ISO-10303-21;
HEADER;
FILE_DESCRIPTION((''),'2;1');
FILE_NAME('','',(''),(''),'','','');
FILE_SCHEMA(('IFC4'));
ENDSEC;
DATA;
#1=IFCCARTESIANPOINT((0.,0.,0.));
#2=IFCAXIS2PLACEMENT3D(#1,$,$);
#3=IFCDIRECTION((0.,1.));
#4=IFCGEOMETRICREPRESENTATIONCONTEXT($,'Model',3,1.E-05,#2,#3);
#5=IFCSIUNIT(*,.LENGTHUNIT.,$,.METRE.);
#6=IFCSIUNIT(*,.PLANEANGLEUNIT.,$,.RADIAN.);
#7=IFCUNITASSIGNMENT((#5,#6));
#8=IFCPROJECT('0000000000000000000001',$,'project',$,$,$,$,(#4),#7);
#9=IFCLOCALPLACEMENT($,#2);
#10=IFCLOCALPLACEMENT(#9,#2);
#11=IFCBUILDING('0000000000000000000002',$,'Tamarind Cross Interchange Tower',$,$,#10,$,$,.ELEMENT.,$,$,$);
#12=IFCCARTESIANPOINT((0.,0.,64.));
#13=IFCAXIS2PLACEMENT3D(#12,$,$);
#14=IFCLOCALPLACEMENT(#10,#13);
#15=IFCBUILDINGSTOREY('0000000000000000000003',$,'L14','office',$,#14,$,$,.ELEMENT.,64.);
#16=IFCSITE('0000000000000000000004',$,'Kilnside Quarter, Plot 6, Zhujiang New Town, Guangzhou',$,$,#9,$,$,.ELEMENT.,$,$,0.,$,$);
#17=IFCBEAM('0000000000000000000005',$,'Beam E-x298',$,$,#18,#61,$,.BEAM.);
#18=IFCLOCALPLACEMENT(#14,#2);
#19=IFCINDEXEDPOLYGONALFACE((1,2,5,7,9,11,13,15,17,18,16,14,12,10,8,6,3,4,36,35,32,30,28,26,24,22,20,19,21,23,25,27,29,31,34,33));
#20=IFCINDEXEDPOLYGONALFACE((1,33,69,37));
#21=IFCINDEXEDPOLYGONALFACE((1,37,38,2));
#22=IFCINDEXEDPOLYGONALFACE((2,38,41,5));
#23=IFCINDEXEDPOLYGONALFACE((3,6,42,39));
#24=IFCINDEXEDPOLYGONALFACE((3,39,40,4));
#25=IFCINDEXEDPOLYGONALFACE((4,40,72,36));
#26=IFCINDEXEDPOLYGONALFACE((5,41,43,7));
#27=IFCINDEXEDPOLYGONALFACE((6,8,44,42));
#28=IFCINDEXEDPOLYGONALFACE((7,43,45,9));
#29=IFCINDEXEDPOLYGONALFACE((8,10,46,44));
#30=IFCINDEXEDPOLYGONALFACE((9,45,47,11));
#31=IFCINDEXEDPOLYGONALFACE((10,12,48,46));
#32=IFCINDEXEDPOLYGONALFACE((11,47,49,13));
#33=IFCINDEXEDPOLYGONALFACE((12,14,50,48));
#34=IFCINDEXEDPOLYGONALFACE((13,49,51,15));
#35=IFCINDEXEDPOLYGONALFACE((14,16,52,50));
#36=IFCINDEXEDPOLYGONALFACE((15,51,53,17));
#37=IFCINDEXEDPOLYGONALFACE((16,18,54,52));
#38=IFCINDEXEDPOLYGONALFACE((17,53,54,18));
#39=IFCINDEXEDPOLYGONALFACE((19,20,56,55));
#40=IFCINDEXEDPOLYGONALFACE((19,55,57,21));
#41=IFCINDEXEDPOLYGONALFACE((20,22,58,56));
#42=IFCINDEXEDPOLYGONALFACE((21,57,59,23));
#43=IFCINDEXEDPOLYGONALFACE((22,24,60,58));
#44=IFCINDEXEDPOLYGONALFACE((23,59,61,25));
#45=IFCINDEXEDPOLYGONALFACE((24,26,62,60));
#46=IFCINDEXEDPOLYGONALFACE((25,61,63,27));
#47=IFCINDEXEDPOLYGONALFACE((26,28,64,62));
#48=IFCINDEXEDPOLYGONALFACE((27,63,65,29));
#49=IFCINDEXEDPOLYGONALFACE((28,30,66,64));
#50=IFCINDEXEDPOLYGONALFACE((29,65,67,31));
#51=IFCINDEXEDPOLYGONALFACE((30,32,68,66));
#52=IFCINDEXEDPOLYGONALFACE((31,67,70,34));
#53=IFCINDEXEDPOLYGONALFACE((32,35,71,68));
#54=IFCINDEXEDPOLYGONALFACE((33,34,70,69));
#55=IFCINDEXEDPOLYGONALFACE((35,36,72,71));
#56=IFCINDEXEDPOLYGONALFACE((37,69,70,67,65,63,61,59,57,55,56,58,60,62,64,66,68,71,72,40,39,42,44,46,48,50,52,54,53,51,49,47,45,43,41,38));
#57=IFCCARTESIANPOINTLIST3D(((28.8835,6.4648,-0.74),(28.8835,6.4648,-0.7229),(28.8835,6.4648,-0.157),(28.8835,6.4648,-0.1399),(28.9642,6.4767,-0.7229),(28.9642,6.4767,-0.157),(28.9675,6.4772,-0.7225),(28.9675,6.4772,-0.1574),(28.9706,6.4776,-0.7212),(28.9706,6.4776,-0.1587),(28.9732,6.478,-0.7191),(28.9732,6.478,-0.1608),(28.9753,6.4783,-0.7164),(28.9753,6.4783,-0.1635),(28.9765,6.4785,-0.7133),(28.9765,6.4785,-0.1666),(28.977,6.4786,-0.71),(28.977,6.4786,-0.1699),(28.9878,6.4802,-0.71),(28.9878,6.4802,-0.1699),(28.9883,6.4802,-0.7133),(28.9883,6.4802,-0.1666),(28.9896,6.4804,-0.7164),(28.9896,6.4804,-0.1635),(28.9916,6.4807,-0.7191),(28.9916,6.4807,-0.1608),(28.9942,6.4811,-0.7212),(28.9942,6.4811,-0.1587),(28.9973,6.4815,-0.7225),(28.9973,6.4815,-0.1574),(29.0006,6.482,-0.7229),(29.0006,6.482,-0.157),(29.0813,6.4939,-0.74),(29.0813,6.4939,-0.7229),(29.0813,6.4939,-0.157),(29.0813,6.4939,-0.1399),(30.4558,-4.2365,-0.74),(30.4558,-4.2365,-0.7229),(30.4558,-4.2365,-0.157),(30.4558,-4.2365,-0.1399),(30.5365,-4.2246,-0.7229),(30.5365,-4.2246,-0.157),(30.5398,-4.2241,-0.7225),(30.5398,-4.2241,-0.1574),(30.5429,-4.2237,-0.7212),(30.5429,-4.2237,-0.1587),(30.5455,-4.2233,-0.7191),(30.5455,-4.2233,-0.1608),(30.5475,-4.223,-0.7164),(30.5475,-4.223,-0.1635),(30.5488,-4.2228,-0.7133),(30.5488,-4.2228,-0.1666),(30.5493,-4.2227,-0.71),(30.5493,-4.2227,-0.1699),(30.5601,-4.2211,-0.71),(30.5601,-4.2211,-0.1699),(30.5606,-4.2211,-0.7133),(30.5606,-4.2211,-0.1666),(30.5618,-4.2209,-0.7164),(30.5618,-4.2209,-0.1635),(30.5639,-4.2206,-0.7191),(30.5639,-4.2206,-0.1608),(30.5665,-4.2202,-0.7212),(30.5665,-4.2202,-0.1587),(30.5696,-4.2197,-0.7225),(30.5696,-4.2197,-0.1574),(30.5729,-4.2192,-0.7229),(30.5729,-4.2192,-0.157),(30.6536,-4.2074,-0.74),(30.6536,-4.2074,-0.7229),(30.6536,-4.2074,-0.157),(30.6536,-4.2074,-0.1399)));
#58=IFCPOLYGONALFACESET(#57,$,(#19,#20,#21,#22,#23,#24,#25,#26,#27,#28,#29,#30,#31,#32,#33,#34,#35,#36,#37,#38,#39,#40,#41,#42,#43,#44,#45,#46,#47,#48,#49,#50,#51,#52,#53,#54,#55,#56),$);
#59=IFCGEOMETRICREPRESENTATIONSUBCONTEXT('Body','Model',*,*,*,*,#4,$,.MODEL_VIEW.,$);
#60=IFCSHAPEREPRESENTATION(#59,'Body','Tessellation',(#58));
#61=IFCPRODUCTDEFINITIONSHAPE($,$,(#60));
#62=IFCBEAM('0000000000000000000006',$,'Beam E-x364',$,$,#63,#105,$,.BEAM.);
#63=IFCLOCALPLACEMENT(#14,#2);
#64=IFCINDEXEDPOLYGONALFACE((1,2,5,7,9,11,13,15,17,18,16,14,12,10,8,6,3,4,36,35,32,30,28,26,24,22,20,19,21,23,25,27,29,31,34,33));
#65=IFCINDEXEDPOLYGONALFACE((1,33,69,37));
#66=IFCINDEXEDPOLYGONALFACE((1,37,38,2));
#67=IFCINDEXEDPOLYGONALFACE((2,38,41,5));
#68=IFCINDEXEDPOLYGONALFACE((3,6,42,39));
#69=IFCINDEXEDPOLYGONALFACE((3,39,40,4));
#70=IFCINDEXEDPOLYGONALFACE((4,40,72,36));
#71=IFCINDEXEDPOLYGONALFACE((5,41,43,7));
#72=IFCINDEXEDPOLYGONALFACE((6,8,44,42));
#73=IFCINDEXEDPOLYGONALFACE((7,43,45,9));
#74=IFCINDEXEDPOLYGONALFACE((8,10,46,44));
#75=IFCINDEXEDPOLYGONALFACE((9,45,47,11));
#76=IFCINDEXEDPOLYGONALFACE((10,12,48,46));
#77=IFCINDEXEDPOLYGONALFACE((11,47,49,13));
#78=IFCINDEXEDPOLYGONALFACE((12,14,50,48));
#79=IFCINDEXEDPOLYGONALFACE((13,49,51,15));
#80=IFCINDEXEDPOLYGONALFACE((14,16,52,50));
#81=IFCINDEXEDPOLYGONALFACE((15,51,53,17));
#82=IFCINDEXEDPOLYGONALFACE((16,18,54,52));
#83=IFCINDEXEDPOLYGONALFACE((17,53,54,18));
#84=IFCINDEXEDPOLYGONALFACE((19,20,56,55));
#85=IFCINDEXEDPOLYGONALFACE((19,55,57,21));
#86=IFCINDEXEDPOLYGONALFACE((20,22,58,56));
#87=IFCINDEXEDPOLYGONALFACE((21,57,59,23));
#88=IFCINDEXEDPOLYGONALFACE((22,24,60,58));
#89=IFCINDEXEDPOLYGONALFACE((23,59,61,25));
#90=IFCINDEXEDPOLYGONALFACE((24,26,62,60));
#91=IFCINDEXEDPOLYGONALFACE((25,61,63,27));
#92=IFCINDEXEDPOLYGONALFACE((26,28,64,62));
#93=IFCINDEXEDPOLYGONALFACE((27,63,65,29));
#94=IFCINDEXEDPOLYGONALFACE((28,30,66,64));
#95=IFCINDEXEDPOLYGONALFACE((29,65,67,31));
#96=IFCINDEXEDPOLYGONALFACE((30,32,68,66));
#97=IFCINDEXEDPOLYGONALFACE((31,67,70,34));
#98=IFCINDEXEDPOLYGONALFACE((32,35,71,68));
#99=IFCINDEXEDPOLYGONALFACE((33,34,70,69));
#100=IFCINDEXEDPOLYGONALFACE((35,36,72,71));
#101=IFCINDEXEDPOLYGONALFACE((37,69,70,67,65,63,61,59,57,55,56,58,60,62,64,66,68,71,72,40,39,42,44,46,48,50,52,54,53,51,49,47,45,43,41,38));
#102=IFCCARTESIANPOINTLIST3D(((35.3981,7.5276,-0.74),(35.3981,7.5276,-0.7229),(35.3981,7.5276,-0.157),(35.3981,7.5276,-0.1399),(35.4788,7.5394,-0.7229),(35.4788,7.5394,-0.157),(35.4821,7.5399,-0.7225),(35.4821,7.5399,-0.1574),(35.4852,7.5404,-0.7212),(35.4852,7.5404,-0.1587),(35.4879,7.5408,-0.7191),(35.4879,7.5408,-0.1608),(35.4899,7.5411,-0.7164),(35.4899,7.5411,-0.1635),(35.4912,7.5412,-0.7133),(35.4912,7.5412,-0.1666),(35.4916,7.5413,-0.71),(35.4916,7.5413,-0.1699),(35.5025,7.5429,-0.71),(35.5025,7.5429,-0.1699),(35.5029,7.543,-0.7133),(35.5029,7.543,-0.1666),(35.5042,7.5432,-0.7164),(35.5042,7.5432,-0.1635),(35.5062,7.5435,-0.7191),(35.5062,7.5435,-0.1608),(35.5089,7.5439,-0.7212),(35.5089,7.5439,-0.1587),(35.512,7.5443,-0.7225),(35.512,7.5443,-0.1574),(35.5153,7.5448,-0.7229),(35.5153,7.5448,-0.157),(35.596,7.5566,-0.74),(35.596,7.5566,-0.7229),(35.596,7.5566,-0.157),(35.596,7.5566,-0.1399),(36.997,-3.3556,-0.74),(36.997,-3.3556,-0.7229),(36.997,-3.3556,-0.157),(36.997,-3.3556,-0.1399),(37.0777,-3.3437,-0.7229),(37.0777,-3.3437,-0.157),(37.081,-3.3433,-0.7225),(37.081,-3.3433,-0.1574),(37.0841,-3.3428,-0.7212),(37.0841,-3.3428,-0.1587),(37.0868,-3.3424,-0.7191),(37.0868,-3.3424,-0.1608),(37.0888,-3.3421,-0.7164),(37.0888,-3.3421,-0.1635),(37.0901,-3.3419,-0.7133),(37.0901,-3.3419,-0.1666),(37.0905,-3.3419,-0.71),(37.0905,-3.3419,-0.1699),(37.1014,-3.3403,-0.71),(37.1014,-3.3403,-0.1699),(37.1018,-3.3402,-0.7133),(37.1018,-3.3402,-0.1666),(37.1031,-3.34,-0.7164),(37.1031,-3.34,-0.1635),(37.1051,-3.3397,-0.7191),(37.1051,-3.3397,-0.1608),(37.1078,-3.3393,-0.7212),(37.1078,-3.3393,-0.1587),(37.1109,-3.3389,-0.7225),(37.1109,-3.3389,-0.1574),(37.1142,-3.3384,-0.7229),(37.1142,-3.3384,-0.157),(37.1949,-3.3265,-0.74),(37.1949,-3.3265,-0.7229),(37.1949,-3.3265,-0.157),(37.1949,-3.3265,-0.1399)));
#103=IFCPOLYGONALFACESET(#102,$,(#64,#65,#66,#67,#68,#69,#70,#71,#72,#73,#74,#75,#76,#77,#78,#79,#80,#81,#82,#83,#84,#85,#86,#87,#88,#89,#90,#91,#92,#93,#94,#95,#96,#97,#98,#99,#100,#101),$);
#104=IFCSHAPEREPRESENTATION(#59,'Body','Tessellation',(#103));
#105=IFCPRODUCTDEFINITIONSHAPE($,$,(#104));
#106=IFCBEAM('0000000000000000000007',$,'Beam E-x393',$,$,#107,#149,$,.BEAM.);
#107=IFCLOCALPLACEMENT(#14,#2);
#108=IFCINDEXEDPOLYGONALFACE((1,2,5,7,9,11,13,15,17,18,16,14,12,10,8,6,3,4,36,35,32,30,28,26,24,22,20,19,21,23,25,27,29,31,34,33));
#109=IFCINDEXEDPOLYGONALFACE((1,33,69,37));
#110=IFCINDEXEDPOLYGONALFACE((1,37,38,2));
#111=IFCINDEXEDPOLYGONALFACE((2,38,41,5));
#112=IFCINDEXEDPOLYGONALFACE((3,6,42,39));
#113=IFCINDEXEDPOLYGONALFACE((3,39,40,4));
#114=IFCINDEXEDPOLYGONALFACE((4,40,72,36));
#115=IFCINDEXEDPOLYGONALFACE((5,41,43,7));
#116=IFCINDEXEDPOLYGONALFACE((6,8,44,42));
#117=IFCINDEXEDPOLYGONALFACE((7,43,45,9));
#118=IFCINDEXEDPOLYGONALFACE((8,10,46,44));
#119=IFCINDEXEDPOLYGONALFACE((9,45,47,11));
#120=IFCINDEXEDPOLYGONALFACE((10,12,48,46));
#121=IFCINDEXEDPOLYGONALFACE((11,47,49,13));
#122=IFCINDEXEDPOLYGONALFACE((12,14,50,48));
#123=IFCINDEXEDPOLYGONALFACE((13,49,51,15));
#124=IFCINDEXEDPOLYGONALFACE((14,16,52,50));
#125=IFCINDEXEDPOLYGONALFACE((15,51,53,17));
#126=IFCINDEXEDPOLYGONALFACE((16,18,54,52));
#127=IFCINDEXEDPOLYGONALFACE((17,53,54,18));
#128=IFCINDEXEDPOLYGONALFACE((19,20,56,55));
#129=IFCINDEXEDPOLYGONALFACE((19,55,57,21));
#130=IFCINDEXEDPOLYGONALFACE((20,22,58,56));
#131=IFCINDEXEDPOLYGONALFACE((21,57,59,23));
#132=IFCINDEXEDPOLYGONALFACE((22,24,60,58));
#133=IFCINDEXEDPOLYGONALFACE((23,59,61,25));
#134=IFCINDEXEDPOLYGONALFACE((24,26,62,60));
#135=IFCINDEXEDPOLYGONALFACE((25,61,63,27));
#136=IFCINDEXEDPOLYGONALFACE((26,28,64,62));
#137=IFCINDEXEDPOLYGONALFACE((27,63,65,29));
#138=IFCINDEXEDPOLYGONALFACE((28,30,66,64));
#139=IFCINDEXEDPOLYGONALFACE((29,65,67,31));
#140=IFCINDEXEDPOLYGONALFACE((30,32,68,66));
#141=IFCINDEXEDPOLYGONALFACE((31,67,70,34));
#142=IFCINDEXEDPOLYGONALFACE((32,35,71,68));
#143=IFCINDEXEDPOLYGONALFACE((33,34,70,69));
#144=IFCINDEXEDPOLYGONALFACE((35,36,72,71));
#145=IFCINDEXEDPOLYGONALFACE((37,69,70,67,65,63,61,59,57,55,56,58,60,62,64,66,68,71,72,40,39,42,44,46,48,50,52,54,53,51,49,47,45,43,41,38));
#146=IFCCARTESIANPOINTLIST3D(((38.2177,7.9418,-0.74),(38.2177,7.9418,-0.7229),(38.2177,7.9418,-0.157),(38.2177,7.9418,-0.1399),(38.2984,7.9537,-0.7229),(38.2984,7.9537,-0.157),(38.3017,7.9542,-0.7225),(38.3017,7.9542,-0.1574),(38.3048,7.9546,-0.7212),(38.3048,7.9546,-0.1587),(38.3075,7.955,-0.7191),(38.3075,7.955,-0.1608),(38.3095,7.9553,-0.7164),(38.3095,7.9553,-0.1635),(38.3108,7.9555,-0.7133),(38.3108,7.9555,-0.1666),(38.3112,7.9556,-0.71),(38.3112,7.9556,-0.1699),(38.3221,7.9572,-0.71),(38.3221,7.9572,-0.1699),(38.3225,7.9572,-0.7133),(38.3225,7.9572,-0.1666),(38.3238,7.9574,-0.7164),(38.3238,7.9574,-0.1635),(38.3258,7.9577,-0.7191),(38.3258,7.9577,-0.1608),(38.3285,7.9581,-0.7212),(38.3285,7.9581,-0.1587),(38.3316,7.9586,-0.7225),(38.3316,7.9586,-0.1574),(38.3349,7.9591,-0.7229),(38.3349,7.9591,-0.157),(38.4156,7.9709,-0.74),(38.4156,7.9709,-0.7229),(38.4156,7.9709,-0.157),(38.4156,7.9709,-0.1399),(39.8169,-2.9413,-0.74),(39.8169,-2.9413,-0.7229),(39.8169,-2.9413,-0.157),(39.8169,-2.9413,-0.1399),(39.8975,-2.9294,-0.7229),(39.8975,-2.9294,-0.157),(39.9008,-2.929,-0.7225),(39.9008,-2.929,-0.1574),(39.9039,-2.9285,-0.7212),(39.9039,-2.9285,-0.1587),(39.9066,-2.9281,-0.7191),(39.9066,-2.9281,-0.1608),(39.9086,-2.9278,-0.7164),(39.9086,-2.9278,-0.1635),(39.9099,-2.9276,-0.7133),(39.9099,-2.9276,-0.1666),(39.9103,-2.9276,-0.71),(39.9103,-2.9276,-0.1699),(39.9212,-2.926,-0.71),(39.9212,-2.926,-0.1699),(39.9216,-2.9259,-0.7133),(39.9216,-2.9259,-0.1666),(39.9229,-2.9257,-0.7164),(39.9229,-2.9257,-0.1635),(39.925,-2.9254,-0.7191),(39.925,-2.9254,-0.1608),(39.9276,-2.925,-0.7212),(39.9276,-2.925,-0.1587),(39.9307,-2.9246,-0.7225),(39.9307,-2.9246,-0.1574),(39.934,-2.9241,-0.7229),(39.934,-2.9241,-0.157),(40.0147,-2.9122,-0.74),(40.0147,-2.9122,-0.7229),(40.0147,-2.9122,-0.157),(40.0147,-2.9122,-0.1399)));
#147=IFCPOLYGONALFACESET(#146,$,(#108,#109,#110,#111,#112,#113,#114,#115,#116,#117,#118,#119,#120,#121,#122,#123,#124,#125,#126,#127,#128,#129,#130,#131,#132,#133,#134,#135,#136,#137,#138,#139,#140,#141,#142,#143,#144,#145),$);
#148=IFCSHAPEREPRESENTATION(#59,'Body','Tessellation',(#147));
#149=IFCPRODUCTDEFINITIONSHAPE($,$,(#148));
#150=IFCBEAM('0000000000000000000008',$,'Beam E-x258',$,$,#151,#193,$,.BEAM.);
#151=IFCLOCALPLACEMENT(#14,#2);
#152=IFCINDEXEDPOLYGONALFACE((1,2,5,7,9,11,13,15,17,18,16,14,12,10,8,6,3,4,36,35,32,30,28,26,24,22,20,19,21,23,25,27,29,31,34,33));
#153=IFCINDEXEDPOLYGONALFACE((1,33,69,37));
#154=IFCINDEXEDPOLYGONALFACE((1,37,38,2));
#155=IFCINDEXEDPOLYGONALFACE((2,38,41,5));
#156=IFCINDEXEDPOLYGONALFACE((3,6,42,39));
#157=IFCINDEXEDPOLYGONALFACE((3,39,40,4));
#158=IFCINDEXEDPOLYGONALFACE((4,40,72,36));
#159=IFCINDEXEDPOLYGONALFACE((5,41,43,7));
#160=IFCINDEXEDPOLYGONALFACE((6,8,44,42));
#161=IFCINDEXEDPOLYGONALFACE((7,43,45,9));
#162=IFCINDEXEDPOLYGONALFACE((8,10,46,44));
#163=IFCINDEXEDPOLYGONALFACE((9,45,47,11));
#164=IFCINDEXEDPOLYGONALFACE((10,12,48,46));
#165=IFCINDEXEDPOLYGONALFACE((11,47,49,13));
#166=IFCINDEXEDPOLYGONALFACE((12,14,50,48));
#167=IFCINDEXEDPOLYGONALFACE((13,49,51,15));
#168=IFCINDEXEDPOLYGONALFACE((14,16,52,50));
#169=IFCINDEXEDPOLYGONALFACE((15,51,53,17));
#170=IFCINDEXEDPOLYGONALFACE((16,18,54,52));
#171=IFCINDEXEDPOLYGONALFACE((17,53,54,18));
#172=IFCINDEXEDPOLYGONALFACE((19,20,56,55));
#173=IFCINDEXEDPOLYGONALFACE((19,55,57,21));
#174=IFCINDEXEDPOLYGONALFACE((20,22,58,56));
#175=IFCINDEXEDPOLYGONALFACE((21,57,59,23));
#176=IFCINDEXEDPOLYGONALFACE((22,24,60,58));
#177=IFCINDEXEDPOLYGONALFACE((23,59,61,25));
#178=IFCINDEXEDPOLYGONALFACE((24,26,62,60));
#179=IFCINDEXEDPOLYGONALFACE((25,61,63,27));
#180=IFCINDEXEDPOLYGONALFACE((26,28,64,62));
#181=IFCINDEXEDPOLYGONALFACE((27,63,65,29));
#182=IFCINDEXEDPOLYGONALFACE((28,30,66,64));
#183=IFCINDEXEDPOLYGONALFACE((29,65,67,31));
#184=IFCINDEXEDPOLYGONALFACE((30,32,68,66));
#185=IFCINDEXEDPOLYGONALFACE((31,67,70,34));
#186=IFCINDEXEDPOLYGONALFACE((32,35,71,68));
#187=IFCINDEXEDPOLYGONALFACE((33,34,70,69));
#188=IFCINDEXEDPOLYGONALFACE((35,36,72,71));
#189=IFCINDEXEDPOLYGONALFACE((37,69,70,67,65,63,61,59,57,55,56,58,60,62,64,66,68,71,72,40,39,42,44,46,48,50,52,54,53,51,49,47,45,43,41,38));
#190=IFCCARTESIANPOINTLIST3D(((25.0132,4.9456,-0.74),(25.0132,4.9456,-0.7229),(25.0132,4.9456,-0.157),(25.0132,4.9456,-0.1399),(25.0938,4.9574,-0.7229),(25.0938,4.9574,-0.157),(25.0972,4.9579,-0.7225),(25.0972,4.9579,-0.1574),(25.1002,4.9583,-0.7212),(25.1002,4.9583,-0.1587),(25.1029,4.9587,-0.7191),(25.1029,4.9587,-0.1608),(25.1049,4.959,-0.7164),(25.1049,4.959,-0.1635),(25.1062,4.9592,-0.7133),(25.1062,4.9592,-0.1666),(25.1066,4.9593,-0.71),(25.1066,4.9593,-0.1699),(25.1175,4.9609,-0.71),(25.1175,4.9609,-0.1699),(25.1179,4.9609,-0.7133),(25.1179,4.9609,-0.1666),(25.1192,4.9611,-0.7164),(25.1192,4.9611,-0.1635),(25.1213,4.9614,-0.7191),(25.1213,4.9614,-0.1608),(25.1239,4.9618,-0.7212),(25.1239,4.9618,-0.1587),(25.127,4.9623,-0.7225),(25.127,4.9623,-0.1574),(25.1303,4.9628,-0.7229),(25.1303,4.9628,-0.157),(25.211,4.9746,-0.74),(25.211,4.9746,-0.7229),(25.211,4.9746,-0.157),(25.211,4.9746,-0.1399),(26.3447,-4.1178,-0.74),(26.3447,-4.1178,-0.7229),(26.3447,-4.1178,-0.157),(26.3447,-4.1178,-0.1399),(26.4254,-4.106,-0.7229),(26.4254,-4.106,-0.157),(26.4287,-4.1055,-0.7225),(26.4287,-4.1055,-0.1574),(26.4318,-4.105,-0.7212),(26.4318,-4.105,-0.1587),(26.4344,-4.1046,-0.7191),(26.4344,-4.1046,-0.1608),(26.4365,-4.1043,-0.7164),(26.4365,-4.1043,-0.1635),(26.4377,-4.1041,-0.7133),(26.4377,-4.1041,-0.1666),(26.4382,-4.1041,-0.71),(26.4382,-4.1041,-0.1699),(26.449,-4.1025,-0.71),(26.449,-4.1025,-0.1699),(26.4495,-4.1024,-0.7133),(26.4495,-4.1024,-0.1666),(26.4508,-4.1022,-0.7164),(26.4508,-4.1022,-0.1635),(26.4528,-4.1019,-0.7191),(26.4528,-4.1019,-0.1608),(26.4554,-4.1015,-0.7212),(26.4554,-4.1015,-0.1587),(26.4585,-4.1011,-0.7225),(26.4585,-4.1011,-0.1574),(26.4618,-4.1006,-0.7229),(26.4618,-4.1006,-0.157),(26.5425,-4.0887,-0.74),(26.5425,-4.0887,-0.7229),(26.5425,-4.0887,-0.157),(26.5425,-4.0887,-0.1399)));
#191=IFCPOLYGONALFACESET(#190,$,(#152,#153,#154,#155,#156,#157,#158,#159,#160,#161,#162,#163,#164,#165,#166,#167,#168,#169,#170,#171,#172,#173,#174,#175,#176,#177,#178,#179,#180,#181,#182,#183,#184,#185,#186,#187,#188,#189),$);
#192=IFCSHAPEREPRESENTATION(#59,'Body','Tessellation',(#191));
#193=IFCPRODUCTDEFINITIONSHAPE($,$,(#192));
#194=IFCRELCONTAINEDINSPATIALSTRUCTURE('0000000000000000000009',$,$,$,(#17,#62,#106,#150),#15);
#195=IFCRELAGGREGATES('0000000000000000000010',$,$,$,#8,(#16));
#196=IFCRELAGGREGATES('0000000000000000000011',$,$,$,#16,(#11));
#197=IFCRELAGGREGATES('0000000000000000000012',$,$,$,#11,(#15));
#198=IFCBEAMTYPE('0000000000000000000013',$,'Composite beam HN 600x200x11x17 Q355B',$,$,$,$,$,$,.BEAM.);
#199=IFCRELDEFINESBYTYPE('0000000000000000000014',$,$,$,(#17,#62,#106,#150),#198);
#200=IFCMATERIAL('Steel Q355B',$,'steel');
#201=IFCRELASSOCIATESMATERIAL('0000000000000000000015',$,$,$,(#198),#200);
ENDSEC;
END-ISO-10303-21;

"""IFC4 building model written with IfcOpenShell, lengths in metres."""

from ifc_helpers import new_model, si_unit, direction, frame, origin, origin_2d, place, context, subcontext, project, spatial, i_section, extrude, material, material_profile, profile_set, type_object, element, save


model = new_model("IFC4")

# Units and contexts
model_context = context("Model", 3, precision=1e-05, world=origin(), true_north=direction((0.0, 1.0)))
body_context = subcontext(model_context, "Body", "Model", "MODEL_VIEW")
ifc_project = project(units=[si_unit("LENGTHUNIT", "METRE"), si_unit("PLANEANGLEUNIT", "RADIAN")], contexts=[model_context])

# Site, building, storey
site_placement = place(None, origin())
site = spatial("IfcSite", under=ifc_project, at=site_placement, Name="Kilnside Quarter, Plot 6, Zhujiang New Town, Guangzhou", CompositionType="ELEMENT", RefElevation=0.0)
building_placement = place(site_placement, origin())
building = spatial("IfcBuilding", under=site, at=building_placement, Name="Tamarind Cross Interchange Tower", CompositionType="ELEMENT")
storey_placement = place(building_placement, frame((0.0, 0.0, 64.0)))
storey = spatial("IfcBuildingStorey", under=building, at=storey_placement, Name="L14", Description="office", CompositionType="ELEMENT", Elevation=64.0)

# Beams
ifc_material_1 = material(Name="Steel Q355B", Category="steel")
ifc_material_profile_1 = material_profile(ifc_material_1, i_section(OverallWidth=0.2, OverallDepth=0.6001, WebThickness=0.011, FlangeThickness=0.0171, FilletRadius=0.0129, at=origin_2d()), Name="HN 600x200x11x17")
ifc_profile_set_1 = profile_set([ifc_material_profile_1], Name="Steel Q355B")
beam_type_1 = type_object("IfcBeamType", Name="Composite beam HN 600x200x11x17 Q355B", PredefinedType="BEAM", material=ifc_profile_set_1)
beam_1_placement = place(storey_placement, frame((30.5547, -4.2219, -0.4399), z_axis=(-0.145364, 0.989378, 0.0), x_axis=(-0.989378, -0.145364, 0.0)))
element("IfcBeam", 1, at=beam_1_placement, inside=storey, type_object=beam_type_1, Name="Beam E-x298", PredefinedType="BEAM", context=body_context, shape_type="SweptSolid", body=[
    extrude(i_section(OverallWidth=0.2, OverallDepth=0.6001, WebThickness=0.011, FlangeThickness=0.0171, FilletRadius=0.0129, at=origin_2d()), origin(), (0.0, 0.0, 1.0), 10.8162),
])
for number, where, z_axis, x_axis, name in (
    (2, (37.0959, -3.3411, -0.4399), (-0.145354, 0.98938, 0.0), (-0.98938, -0.145354, 0.0), "Beam E-x364"),
    (3, (39.9158, -2.9268, -0.4399), (-0.145376, 0.989377, 0.0), (-0.989377, -0.145376, 0.0), "Beam E-x393"),
):
    element("IfcBeam", number, at=place(storey_placement, frame(where, z_axis=z_axis, x_axis=x_axis)), inside=storey, type_object=beam_type_1, Name=name, PredefinedType="BEAM", context=body_context, shape_type="SweptSolid", body=[
        extrude(i_section(OverallWidth=0.2, OverallDepth=0.6001, WebThickness=0.011, FlangeThickness=0.0171, FilletRadius=0.0129, at=origin_2d()), origin(), (0.0, 0.0, 1.0), 11.0),
    ])
beam_2_placement = place(storey_placement, frame((26.4436, -4.1033, -0.4399), z_axis=(-0.145353, 0.98938, 0.0), x_axis=(-0.98938, -0.145353, 0.0)))
element("IfcBeam", 4, at=beam_2_placement, inside=storey, type_object=beam_type_1, Name="Beam E-x258", PredefinedType="BEAM", context=body_context, shape_type="SweptSolid", body=[
    extrude(i_section(OverallWidth=0.2, OverallDepth=0.6001, WebThickness=0.011, FlangeThickness=0.0171, FilletRadius=0.0129, at=origin_2d()), origin(), (0.0, 0.0, 1.0), 9.1606),
])

save(model, "model.ifc")
